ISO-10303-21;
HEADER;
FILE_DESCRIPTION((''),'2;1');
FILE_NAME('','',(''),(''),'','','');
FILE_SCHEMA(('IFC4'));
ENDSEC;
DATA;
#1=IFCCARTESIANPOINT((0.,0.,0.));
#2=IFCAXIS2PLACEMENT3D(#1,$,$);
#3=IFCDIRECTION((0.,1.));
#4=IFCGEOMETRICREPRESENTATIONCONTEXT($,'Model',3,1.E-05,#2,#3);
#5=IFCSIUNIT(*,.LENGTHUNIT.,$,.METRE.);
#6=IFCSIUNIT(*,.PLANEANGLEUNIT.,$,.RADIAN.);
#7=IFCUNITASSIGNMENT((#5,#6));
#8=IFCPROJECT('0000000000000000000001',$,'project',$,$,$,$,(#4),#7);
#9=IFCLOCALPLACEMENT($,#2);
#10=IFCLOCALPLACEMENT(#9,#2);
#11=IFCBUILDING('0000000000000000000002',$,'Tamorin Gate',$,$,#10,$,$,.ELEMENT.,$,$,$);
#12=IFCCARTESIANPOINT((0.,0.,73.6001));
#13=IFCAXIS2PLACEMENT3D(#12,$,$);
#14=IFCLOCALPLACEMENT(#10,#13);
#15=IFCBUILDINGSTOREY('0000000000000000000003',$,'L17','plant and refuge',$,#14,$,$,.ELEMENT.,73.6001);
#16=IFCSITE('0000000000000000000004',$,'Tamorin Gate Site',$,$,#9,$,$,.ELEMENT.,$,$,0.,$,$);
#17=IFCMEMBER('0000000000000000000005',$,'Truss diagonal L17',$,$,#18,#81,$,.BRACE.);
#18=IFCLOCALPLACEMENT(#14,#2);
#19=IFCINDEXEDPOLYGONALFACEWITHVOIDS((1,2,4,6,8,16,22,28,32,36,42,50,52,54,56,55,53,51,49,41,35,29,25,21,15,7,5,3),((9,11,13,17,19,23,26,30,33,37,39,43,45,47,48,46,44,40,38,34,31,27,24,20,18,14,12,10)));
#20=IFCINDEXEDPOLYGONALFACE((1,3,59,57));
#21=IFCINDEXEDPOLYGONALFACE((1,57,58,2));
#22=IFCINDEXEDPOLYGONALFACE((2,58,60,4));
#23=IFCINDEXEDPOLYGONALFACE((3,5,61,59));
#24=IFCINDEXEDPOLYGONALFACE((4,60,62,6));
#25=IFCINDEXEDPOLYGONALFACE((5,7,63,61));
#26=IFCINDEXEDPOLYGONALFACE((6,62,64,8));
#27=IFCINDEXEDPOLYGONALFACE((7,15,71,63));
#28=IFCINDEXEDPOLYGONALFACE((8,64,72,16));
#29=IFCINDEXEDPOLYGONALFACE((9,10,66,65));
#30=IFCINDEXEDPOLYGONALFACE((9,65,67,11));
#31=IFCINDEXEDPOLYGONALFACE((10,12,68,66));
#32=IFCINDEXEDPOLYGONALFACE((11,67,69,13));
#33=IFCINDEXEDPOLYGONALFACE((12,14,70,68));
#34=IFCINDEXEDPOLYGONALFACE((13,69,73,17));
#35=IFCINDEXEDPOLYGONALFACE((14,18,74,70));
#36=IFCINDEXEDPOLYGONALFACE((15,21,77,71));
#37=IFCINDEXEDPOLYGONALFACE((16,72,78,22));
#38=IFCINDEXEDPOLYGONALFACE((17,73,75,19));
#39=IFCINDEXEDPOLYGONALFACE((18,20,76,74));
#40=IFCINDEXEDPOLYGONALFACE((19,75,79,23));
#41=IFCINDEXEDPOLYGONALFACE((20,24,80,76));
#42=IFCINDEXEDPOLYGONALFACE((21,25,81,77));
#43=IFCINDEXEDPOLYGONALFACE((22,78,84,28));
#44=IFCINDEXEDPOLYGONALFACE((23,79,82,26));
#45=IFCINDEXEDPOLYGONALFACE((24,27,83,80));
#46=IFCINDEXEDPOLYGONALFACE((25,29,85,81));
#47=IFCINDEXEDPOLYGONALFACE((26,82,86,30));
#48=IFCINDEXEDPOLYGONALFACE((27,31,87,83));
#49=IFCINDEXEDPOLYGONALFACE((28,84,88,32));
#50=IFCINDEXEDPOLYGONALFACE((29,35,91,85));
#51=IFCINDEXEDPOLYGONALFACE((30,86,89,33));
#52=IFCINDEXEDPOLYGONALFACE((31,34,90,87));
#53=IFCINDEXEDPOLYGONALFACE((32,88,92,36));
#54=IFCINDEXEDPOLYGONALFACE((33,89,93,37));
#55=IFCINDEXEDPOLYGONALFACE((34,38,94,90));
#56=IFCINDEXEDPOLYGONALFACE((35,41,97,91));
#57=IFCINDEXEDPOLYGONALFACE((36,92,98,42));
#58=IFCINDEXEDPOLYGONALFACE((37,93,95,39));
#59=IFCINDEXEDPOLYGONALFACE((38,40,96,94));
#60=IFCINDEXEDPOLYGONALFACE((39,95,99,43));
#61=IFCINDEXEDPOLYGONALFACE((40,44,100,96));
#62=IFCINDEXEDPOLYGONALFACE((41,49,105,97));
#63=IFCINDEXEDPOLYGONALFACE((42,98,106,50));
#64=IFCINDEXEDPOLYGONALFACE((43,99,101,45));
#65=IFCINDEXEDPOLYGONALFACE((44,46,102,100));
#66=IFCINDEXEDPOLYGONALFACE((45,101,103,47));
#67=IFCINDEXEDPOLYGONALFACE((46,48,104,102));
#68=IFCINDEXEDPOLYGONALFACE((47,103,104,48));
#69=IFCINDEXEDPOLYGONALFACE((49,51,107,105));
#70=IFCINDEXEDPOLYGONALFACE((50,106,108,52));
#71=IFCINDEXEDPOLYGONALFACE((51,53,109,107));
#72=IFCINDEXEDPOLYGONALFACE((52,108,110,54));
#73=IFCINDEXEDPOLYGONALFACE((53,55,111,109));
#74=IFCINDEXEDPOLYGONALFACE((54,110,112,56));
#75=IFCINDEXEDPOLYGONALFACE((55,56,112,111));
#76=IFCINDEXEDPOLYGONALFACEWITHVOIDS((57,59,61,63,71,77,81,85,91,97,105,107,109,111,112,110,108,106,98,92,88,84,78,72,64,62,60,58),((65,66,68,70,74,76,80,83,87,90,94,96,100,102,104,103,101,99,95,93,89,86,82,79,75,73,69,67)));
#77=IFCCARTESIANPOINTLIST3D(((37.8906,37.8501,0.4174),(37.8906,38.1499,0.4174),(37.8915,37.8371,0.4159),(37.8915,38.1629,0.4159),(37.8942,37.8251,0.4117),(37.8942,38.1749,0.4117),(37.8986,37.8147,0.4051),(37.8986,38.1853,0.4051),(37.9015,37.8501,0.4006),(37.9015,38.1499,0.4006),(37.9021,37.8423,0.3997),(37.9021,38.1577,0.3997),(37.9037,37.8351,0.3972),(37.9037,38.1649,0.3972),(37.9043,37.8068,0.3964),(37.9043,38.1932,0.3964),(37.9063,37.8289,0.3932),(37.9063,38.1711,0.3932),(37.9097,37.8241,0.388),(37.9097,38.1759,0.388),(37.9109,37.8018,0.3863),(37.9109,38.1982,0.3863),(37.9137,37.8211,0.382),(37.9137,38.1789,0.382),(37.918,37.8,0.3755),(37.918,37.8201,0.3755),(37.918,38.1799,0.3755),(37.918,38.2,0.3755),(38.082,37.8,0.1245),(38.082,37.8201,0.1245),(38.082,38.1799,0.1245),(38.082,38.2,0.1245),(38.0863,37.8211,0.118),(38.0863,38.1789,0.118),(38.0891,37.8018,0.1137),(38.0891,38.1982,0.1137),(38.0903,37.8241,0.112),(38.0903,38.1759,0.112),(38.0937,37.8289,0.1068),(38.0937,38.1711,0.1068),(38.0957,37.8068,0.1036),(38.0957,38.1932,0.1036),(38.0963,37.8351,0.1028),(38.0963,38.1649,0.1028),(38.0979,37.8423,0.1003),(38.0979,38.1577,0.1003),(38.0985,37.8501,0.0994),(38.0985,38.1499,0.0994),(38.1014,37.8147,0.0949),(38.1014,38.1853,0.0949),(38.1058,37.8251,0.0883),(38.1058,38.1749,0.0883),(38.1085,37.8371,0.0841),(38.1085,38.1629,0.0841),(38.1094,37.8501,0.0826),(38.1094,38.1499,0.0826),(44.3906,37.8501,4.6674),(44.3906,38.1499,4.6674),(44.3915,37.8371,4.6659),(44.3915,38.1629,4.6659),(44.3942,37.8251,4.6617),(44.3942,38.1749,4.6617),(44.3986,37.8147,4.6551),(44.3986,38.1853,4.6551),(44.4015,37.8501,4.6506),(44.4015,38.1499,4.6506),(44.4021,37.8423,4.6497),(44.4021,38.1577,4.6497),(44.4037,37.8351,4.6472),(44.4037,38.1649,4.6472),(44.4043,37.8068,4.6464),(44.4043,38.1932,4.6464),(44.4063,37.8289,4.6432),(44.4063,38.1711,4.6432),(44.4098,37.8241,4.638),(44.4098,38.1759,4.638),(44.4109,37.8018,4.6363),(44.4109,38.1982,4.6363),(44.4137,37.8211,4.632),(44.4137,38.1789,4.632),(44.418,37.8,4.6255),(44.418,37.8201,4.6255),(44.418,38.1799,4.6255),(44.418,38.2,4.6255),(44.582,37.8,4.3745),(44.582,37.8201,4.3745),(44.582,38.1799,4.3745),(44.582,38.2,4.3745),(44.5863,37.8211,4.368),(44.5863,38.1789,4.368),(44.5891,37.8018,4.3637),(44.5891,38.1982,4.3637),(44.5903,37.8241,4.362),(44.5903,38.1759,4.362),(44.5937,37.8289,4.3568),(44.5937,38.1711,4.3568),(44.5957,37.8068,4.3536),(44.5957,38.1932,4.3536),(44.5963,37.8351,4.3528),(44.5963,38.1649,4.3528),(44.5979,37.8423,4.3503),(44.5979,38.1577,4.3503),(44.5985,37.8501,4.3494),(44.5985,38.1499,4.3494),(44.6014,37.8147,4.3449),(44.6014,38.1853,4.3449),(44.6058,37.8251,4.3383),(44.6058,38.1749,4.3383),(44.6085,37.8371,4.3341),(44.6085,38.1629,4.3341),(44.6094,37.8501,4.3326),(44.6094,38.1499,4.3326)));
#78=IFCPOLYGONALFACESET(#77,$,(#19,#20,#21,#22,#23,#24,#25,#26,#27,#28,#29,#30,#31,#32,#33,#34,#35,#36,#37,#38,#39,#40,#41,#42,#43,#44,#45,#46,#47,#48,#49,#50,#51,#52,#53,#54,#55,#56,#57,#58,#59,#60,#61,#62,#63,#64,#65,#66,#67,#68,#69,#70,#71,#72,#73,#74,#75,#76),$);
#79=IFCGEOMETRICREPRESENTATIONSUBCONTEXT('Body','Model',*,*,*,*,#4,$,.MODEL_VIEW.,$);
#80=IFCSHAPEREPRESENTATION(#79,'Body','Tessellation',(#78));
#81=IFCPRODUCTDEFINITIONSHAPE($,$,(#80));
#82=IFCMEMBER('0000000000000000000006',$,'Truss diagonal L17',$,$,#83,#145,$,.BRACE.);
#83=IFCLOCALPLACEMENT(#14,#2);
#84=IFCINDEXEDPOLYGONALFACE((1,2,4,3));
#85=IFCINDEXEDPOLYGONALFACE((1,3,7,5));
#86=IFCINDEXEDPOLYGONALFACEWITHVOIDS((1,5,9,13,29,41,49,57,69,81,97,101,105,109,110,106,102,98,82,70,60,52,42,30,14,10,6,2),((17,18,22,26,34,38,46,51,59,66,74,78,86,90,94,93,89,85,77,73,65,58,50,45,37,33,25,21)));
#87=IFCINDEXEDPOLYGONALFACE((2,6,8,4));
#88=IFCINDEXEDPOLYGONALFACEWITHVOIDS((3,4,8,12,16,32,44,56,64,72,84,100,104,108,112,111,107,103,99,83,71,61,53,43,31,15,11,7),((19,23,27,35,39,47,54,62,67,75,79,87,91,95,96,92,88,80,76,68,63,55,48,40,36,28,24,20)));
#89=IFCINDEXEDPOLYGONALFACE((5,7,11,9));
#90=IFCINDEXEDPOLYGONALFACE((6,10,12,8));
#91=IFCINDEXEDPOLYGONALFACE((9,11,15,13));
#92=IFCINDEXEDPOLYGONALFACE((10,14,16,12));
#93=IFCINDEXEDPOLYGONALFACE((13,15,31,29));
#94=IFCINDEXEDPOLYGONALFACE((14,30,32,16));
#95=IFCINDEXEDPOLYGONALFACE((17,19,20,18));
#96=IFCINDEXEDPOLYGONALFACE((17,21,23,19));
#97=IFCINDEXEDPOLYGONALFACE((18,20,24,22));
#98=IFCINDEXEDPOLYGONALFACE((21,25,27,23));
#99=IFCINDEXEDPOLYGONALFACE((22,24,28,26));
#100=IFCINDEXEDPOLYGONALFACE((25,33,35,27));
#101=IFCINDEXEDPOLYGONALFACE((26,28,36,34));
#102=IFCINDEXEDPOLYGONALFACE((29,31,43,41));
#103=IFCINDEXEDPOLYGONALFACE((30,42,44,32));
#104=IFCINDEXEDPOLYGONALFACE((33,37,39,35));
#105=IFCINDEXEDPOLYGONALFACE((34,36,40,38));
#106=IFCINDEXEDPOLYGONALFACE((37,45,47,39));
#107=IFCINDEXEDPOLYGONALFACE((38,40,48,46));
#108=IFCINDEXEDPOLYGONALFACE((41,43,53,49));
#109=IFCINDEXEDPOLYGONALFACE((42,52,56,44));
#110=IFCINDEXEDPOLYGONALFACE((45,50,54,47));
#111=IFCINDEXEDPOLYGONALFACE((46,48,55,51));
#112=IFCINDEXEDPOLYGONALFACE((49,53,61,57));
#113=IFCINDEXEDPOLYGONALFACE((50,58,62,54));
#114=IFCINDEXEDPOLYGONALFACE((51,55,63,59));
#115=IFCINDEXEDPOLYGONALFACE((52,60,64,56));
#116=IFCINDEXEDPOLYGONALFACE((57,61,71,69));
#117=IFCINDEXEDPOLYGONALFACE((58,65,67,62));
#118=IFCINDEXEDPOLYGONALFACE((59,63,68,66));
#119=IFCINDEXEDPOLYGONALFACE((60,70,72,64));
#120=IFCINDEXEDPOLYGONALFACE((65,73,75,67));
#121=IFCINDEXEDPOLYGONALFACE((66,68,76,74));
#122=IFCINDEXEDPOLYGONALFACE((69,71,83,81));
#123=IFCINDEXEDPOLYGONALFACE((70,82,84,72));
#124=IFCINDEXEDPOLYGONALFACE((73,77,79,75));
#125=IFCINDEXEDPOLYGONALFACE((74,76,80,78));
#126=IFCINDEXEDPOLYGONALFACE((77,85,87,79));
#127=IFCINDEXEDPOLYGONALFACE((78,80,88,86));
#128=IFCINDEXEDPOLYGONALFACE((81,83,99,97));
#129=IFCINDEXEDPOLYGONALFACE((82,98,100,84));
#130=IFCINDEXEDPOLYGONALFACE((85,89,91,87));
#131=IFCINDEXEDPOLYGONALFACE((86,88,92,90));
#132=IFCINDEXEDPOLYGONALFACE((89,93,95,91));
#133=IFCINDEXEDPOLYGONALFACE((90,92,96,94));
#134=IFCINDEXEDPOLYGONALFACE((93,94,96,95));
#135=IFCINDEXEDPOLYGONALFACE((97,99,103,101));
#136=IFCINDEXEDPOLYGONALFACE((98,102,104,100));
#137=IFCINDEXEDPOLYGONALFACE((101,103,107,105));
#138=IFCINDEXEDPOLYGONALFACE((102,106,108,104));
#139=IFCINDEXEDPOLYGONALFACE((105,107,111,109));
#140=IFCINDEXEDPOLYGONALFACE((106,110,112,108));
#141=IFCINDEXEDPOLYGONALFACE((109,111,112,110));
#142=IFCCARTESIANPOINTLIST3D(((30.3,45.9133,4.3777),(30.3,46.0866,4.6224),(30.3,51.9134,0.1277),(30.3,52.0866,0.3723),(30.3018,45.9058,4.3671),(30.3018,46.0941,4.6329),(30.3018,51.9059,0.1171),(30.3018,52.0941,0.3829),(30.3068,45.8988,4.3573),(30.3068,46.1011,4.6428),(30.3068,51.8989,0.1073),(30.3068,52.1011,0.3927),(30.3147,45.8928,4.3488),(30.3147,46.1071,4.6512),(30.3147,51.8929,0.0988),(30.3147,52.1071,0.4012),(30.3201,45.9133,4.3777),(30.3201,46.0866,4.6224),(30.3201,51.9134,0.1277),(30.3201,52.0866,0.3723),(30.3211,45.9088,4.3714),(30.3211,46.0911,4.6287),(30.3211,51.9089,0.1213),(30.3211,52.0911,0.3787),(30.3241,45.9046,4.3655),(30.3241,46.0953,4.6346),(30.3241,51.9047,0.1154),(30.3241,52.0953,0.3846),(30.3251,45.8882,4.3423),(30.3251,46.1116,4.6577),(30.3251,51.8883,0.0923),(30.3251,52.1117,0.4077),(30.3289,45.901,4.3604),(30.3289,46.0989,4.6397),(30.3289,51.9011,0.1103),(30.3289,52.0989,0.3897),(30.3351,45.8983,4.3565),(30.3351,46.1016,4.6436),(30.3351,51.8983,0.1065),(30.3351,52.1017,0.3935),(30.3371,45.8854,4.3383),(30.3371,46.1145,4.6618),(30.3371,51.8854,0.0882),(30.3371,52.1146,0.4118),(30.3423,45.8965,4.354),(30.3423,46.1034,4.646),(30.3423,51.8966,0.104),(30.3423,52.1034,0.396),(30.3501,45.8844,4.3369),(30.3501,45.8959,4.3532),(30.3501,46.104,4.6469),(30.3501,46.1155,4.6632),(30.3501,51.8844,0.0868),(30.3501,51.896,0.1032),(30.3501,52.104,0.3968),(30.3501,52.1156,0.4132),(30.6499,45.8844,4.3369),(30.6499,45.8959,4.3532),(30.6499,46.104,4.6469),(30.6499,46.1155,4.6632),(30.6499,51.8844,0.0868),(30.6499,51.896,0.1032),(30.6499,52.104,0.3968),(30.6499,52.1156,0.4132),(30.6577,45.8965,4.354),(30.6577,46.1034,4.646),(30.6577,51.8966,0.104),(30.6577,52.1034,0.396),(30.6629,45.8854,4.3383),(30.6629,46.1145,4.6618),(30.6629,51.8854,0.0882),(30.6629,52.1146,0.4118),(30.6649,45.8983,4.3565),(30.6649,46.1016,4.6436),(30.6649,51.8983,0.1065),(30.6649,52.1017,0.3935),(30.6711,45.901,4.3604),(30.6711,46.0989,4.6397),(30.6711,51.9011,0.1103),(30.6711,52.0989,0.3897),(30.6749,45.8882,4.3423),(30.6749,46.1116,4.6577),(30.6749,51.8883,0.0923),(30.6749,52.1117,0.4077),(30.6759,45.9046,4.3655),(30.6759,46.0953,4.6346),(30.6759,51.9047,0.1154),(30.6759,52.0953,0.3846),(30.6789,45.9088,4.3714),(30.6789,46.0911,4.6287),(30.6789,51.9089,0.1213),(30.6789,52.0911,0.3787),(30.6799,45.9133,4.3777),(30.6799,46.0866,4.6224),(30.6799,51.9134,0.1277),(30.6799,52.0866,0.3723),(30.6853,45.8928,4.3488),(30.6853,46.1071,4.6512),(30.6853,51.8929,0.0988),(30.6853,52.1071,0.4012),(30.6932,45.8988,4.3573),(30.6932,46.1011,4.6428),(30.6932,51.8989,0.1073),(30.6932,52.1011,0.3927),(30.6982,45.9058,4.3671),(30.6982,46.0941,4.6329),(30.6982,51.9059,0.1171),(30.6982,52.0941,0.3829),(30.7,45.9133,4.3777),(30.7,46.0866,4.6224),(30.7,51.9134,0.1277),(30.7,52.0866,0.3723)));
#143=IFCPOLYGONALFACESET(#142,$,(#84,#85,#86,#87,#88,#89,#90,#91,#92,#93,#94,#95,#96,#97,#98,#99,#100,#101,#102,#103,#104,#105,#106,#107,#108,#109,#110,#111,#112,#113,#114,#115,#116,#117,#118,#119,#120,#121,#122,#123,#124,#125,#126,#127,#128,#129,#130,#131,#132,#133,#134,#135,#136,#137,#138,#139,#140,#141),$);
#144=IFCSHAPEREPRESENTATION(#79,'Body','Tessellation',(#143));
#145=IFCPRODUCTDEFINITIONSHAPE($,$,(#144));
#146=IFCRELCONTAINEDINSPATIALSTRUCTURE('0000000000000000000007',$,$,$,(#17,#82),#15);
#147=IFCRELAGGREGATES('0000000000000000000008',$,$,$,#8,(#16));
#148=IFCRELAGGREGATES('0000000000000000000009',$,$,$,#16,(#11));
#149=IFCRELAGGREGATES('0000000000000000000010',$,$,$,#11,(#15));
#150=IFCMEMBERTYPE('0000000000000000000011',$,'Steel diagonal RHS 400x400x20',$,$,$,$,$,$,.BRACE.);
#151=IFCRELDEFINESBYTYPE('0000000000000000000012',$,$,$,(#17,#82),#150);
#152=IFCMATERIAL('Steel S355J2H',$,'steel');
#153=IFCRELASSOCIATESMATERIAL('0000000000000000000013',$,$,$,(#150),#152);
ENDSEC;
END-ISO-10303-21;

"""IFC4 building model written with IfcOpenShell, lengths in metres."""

from ifc_helpers import new_model, si_unit, direction, frame, origin, origin_2d, place, context, subcontext, project, spatial, hollow_rectangle, extrude, material, material_profile, profile_set, type_object, element, save


model = new_model("IFC4")

# Units and contexts
model_context = context("Model", 3, precision=1e-05, world=origin(), true_north=direction((0.0, 1.0)))
body_context = subcontext(model_context, "Body", "Model", "MODEL_VIEW")
ifc_project = project(units=[si_unit("LENGTHUNIT", "METRE"), si_unit("PLANEANGLEUNIT", "RADIAN")], contexts=[model_context])

# Site, building, storey
site_placement = place(None, origin())
site = spatial("IfcSite", under=ifc_project, at=site_placement, Name="Tamorin Gate Site", CompositionType="ELEMENT", RefElevation=0.0)
building_placement = place(site_placement, origin())
building = spatial("IfcBuilding", under=site, at=building_placement, Name="Tamorin Gate", CompositionType="ELEMENT")
storey_placement = place(building_placement, frame((0.0, 0.0, 73.6001)))
storey = spatial("IfcBuildingStorey", under=building, at=storey_placement, Name="L17", Description="plant and refuge", CompositionType="ELEMENT", Elevation=73.6001)

# Members
ifc_material_1 = material(Name="Steel S355J2H", Category="steel")
ifc_material_profile_1 = material_profile(ifc_material_1, hollow_rectangle(XDim=0.3999, YDim=0.3999, WallThickness=0.02, InnerFilletRadius=0.03, OuterFilletRadius=0.05, at=origin_2d()), Name="RHS 400x400x20")
ifc_profile_set_1 = profile_set([ifc_material_profile_1], Name="Steel S355J2H")
member_type_1 = type_object("IfcMemberType", Name="Steel diagonal RHS 400x400x20", PredefinedType="BRACE", material=ifc_profile_set_1)
member_1_placement = place(storey_placement, frame((38.0, 38.0, 0.25), z_axis=(0.83697, 0.0, 0.547249), x_axis=(0.0, 1.0, 0.0)))
element("IfcMember", 1, at=member_1_placement, inside=storey, type_object=member_type_1, Name="Truss diagonal L17", PredefinedType="BRACE", context=body_context, shape_type="SweptSolid", body=[
    extrude(hollow_rectangle(XDim=0.3999, YDim=0.3999, WallThickness=0.02, InnerFilletRadius=0.03, OuterFilletRadius=0.05, at=origin_2d()), origin(), (0.0, 0.0, 1.0), 7.7661),
])
member_2_placement = place(storey_placement, frame((30.5, 52.0, 0.25), z_axis=(0.0, -0.816024, 0.578017), x_axis=(1.0, 0.0, 0.0)))
element("IfcMember", 2, at=member_2_placement, inside=storey, type_object=member_type_1, Name="Truss diagonal L17", PredefinedType="BRACE", context=body_context, shape_type="SweptSolid", body=[
    extrude(hollow_rectangle(XDim=0.3999, YDim=0.3999, WallThickness=0.02, InnerFilletRadius=0.03, OuterFilletRadius=0.05, at=origin_2d()), origin(), (0.0, 0.0, 1.0), 7.3528),
])

save(model, "model.ifc")
